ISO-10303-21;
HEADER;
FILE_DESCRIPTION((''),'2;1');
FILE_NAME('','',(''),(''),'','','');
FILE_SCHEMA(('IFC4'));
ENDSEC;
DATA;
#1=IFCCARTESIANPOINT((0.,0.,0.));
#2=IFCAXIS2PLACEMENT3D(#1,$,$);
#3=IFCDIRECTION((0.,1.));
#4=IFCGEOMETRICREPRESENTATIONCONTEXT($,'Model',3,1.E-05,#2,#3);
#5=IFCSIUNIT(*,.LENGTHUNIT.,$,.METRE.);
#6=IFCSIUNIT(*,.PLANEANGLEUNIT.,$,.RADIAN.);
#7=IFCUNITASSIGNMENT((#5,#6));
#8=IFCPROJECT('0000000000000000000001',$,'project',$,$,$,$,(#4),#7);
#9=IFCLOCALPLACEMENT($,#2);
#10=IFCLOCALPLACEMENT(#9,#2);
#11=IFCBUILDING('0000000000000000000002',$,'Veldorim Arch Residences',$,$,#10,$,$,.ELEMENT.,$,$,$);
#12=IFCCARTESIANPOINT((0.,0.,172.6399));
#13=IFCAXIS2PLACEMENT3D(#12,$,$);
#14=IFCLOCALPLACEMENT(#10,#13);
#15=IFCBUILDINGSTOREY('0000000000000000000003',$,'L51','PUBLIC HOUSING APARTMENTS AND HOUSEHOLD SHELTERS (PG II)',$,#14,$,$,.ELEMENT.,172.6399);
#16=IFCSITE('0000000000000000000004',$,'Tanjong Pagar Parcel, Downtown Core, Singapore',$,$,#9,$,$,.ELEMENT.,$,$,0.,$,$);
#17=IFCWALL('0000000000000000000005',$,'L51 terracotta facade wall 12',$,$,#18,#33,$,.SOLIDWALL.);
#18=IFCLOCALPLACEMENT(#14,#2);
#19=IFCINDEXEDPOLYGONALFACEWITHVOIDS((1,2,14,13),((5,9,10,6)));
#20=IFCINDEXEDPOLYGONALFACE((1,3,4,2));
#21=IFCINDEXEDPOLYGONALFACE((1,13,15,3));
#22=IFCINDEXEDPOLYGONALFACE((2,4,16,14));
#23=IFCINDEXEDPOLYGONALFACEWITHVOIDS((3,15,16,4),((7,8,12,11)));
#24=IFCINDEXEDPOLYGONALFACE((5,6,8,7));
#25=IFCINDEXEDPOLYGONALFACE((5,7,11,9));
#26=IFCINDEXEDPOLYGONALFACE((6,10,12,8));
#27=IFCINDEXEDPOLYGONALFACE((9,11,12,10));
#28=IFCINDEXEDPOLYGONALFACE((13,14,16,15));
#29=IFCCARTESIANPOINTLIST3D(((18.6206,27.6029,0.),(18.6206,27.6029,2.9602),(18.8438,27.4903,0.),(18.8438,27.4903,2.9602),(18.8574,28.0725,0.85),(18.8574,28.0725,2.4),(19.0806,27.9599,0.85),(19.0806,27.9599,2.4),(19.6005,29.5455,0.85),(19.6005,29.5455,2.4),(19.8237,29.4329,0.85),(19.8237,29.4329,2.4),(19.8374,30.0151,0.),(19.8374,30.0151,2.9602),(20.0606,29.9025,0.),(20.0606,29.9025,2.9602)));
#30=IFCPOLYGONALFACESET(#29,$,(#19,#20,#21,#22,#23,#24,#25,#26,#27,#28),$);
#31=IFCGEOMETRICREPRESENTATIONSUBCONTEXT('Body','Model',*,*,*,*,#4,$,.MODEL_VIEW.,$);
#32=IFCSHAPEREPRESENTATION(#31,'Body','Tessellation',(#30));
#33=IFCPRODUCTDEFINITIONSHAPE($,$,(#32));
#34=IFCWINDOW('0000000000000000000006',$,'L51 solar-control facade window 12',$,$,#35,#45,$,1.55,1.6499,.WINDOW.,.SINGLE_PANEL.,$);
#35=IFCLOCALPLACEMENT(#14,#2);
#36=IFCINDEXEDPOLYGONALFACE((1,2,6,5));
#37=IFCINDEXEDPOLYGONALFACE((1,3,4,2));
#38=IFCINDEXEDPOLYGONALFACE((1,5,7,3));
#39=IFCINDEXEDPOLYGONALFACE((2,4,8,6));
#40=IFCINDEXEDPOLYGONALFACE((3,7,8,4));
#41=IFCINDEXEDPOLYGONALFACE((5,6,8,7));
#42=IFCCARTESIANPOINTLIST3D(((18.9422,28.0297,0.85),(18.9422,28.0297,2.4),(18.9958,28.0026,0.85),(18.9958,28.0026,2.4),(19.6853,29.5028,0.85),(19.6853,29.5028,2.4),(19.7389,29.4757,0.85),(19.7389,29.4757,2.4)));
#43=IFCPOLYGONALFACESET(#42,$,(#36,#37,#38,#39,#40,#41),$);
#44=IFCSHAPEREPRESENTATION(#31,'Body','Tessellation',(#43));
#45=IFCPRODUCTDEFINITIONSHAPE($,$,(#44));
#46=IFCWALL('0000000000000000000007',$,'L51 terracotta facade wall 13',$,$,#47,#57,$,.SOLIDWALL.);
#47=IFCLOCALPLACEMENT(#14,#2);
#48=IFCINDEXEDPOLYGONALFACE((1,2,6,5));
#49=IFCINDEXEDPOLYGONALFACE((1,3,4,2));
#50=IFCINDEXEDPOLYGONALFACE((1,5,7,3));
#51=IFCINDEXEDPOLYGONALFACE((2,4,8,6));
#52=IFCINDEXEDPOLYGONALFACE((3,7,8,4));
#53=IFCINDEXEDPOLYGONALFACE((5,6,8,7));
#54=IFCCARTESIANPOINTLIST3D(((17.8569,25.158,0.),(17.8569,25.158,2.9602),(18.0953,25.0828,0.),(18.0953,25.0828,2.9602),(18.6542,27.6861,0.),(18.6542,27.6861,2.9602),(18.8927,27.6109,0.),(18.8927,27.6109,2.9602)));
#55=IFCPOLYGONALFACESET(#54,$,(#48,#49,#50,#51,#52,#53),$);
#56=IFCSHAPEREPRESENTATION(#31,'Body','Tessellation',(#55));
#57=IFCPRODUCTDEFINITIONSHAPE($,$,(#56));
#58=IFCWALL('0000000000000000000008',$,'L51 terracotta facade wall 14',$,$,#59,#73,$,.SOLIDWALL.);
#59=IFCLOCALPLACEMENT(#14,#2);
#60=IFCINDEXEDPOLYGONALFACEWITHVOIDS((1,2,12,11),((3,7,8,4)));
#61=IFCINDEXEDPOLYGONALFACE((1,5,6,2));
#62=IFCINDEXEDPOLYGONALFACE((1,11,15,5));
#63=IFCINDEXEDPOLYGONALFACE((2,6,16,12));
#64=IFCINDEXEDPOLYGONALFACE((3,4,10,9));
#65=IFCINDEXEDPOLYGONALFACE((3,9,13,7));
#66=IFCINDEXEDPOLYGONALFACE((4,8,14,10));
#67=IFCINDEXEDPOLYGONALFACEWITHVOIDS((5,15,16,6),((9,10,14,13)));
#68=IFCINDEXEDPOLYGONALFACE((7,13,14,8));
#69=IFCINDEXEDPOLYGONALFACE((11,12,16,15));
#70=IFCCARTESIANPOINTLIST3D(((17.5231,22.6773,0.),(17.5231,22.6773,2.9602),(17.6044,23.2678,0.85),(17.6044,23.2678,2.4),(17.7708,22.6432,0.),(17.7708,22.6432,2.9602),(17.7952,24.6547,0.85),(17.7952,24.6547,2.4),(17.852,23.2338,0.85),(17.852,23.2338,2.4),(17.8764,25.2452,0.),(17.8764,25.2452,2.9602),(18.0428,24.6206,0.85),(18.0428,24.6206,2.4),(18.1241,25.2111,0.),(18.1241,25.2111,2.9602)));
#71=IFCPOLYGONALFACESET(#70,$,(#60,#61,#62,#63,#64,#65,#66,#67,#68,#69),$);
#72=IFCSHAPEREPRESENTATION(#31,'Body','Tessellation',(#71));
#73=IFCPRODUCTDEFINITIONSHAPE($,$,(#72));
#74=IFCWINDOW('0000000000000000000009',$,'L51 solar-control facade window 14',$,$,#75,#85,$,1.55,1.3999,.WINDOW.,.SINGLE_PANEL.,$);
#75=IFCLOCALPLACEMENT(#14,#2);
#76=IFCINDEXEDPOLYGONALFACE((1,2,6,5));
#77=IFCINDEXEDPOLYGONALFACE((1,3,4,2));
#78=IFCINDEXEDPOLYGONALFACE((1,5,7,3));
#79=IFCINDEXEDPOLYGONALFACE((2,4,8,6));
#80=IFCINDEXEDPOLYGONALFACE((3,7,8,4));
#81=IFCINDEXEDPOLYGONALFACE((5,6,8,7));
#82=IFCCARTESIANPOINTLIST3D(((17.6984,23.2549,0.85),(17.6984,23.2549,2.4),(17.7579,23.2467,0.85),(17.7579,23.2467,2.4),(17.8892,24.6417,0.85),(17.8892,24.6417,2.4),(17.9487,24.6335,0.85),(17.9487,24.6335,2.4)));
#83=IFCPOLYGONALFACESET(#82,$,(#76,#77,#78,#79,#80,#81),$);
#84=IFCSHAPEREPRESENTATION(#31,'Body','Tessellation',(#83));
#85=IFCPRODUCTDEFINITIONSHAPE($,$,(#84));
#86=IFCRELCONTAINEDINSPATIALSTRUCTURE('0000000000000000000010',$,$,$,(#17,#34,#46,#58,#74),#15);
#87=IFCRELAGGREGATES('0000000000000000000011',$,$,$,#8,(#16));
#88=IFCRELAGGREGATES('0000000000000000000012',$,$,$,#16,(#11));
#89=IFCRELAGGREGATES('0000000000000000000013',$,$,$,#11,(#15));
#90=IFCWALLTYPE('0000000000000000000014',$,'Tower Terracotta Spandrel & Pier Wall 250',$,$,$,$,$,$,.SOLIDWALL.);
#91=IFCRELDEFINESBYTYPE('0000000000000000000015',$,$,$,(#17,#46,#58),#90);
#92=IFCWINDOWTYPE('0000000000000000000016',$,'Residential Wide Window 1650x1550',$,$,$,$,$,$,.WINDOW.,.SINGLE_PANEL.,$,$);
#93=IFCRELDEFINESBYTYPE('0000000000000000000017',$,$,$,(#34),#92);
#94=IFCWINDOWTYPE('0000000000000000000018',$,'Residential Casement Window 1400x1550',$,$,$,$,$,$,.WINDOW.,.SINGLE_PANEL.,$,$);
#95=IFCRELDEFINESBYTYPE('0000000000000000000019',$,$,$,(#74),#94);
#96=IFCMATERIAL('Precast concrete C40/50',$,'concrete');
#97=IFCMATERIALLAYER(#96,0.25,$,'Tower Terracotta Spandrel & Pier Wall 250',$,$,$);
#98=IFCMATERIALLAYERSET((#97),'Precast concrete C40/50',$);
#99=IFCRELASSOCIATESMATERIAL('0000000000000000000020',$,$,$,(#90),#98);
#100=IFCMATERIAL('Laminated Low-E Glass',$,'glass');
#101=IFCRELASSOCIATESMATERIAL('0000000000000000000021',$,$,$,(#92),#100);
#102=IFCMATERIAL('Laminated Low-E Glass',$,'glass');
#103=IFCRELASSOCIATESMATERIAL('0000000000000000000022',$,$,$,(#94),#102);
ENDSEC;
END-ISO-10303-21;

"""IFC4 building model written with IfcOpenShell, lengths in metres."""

from ifc_helpers import new_model, si_unit, direction, frame, frame_2d, origin, place, context, subcontext, project, spatial, rectangle, extrude, material, layer, layer_set, type_object, element, fill, save


model = new_model("IFC4")

# Units and contexts
model_context = context("Model", 3, precision=1e-05, world=origin(), true_north=direction((0.0, 1.0)))
body_context = subcontext(model_context, "Body", "Model", "MODEL_VIEW")
ifc_project = project(units=[si_unit("LENGTHUNIT", "METRE"), si_unit("PLANEANGLEUNIT", "RADIAN")], contexts=[model_context])

# Site, building, storey
site_placement = place(None, origin())
site = spatial("IfcSite", under=ifc_project, at=site_placement, Name="Tanjong Pagar Parcel, Downtown Core, Singapore", CompositionType="ELEMENT", RefElevation=0.0)
building_placement = place(site_placement, origin())
building = spatial("IfcBuilding", under=site, at=building_placement, Name="Veldorim Arch Residences", CompositionType="ELEMENT")
storey_placement = place(building_placement, frame((0.0, 0.0, 172.6399)))
storey = spatial("IfcBuildingStorey", under=building, at=storey_placement, Name="L51", Description="PUBLIC HOUSING APARTMENTS AND HOUSEHOLD SHELTERS (PG II)", CompositionType="ELEMENT", Elevation=172.6399)

# Wall, opening, window
ifc_material_1 = material(Name="Precast concrete C40/50", Category="concrete")
ifc_layer_1 = layer(ifc_material_1, 0.25, Name="Tower Terracotta Spandrel & Pier Wall 250")
ifc_layer_set_1 = layer_set([ifc_layer_1], Name="Precast concrete C40/50")
wall_type_1 = type_object("IfcWallType", Name="Tower Terracotta Spandrel & Pier Wall 250", PredefinedType="SOLIDWALL", material=ifc_layer_set_1)
wall_1_placement = place(storey_placement, frame((18.7322, 27.5466, 0.0), z_axis=(0.0, 0.0, 1.0), x_axis=(0.450392, 0.892831, 0.0)))
wall_1 = element("IfcWall", 1, at=wall_1_placement, inside=storey, type_object=wall_type_1, Name="L51 terracotta facade wall 12", PredefinedType="SOLIDWALL", context=body_context, shape_type="SweptSolid", body=[
    extrude(rectangle(XDim=2.7017, YDim=0.25, at=frame_2d((1.3508, 0.0))), origin(), (0.0, 0.0, 1.0), 2.9602),
])
opening_1_placement = place(wall_1_placement, frame((0.5259, 0.0, 0.8501)))
opening_1 = element("IfcOpeningElement", 2, at=opening_1_placement, cuts=wall_1, PredefinedType="OPENING", context=body_context, shape_type="SweptSolid", body=[
    extrude(rectangle(XDim=1.6499, YDim=1.55, at=frame_2d((0.825, 0.7749))), frame((0.0, 0.135, 0.0), z_axis=(0.0, -1.0, 0.0), x_axis=(1.0, 0.0, 0.0)), (0.0, 0.0, 1.0), 0.27),
])
ifc_material_2 = material(Name="Laminated Low-E Glass", Category="glass")
window_type_1 = type_object("IfcWindowType", Name="Residential Wide Window 1650x1550", PartitioningType="SINGLE_PANEL", PredefinedType="WINDOW", material=ifc_material_2)
window_1_placement = place(opening_1_placement, origin())
window_1 = element("IfcWindow", 3, at=window_1_placement, inside=storey, type_object=window_type_1, Name="L51 solar-control facade window 12", OverallHeight=1.55, OverallWidth=1.6499, PartitioningType="SINGLE_PANEL", PredefinedType="WINDOW", context=body_context, shape_type="SweptSolid", body=[
    extrude(rectangle(XDim=1.6499, YDim=1.55, at=frame_2d((0.825, 0.7749))), frame((0.0, 0.03, 0.0), z_axis=(0.0, -1.0, 0.0), x_axis=(1.0, 0.0, 0.0)), (0.0, 0.0, 1.0), 0.0601),
])
fill(opening_1, window_1)

# Wall
wall_2_placement = place(storey_placement, frame((17.9761, 25.1204, 0.0), z_axis=(0.0, 0.0, 1.0), x_axis=(0.300796, 0.953688, 0.0)))
element("IfcWall", 4, at=wall_2_placement, inside=storey, type_object=wall_type_1, Name="L51 terracotta facade wall 13", PredefinedType="SOLIDWALL", context=body_context, shape_type="SweptSolid", body=[
    extrude(rectangle(XDim=2.6509, YDim=0.25, at=frame_2d((1.3254, 0.0))), origin(), (0.0, 0.0, 1.0), 2.9602),
])

# Wall, opening, window
wall_3_placement = place(storey_placement, frame((17.647, 22.6604, 0.0), z_axis=(0.0, 0.0, 1.0), x_axis=(0.13629, 0.990669, 0.0)))
wall_3 = element("IfcWall", 5, at=wall_3_placement, inside=storey, type_object=wall_type_1, Name="L51 terracotta facade wall 14", PredefinedType="SOLIDWALL", context=body_context, shape_type="SweptSolid", body=[
    extrude(rectangle(XDim=2.592, YDim=0.25, at=frame_2d((1.2959, 0.0))), origin(), (0.0, 0.0, 1.0), 2.9602),
])
opening_2_placement = place(wall_3_placement, frame((0.5959, 0.0, 0.8501)))
opening_2 = element("IfcOpeningElement", 6, at=opening_2_placement, cuts=wall_3, PredefinedType="OPENING", context=body_context, shape_type="SweptSolid", body=[
    extrude(rectangle(XDim=1.3999, YDim=1.55, at=frame_2d((0.7, 0.7749))), frame((0.0, 0.135, 0.0), z_axis=(0.0, -1.0, 0.0), x_axis=(1.0, 0.0, 0.0)), (0.0, 0.0, 1.0), 0.27),
])
ifc_material_3 = material(Name="Laminated Low-E Glass", Category="glass")
window_type_2 = type_object("IfcWindowType", Name="Residential Casement Window 1400x1550", PartitioningType="SINGLE_PANEL", PredefinedType="WINDOW", material=ifc_material_3)
window_2_placement = place(opening_2_placement, origin())
window_2 = element("IfcWindow", 7, at=window_2_placement, inside=storey, type_object=window_type_2, Name="L51 solar-control facade window 14", OverallHeight=1.55, OverallWidth=1.3999, PartitioningType="SINGLE_PANEL", PredefinedType="WINDOW", context=body_context, shape_type="SweptSolid", body=[
    extrude(rectangle(XDim=1.3999, YDim=1.55, at=frame_2d((0.7, 0.7749))), frame((0.0, 0.03, 0.0), z_axis=(0.0, -1.0, 0.0), x_axis=(1.0, 0.0, 0.0)), (0.0, 0.0, 1.0), 0.0601),
])
fill(opening_2, window_2)

save(model, "model.ifc")
